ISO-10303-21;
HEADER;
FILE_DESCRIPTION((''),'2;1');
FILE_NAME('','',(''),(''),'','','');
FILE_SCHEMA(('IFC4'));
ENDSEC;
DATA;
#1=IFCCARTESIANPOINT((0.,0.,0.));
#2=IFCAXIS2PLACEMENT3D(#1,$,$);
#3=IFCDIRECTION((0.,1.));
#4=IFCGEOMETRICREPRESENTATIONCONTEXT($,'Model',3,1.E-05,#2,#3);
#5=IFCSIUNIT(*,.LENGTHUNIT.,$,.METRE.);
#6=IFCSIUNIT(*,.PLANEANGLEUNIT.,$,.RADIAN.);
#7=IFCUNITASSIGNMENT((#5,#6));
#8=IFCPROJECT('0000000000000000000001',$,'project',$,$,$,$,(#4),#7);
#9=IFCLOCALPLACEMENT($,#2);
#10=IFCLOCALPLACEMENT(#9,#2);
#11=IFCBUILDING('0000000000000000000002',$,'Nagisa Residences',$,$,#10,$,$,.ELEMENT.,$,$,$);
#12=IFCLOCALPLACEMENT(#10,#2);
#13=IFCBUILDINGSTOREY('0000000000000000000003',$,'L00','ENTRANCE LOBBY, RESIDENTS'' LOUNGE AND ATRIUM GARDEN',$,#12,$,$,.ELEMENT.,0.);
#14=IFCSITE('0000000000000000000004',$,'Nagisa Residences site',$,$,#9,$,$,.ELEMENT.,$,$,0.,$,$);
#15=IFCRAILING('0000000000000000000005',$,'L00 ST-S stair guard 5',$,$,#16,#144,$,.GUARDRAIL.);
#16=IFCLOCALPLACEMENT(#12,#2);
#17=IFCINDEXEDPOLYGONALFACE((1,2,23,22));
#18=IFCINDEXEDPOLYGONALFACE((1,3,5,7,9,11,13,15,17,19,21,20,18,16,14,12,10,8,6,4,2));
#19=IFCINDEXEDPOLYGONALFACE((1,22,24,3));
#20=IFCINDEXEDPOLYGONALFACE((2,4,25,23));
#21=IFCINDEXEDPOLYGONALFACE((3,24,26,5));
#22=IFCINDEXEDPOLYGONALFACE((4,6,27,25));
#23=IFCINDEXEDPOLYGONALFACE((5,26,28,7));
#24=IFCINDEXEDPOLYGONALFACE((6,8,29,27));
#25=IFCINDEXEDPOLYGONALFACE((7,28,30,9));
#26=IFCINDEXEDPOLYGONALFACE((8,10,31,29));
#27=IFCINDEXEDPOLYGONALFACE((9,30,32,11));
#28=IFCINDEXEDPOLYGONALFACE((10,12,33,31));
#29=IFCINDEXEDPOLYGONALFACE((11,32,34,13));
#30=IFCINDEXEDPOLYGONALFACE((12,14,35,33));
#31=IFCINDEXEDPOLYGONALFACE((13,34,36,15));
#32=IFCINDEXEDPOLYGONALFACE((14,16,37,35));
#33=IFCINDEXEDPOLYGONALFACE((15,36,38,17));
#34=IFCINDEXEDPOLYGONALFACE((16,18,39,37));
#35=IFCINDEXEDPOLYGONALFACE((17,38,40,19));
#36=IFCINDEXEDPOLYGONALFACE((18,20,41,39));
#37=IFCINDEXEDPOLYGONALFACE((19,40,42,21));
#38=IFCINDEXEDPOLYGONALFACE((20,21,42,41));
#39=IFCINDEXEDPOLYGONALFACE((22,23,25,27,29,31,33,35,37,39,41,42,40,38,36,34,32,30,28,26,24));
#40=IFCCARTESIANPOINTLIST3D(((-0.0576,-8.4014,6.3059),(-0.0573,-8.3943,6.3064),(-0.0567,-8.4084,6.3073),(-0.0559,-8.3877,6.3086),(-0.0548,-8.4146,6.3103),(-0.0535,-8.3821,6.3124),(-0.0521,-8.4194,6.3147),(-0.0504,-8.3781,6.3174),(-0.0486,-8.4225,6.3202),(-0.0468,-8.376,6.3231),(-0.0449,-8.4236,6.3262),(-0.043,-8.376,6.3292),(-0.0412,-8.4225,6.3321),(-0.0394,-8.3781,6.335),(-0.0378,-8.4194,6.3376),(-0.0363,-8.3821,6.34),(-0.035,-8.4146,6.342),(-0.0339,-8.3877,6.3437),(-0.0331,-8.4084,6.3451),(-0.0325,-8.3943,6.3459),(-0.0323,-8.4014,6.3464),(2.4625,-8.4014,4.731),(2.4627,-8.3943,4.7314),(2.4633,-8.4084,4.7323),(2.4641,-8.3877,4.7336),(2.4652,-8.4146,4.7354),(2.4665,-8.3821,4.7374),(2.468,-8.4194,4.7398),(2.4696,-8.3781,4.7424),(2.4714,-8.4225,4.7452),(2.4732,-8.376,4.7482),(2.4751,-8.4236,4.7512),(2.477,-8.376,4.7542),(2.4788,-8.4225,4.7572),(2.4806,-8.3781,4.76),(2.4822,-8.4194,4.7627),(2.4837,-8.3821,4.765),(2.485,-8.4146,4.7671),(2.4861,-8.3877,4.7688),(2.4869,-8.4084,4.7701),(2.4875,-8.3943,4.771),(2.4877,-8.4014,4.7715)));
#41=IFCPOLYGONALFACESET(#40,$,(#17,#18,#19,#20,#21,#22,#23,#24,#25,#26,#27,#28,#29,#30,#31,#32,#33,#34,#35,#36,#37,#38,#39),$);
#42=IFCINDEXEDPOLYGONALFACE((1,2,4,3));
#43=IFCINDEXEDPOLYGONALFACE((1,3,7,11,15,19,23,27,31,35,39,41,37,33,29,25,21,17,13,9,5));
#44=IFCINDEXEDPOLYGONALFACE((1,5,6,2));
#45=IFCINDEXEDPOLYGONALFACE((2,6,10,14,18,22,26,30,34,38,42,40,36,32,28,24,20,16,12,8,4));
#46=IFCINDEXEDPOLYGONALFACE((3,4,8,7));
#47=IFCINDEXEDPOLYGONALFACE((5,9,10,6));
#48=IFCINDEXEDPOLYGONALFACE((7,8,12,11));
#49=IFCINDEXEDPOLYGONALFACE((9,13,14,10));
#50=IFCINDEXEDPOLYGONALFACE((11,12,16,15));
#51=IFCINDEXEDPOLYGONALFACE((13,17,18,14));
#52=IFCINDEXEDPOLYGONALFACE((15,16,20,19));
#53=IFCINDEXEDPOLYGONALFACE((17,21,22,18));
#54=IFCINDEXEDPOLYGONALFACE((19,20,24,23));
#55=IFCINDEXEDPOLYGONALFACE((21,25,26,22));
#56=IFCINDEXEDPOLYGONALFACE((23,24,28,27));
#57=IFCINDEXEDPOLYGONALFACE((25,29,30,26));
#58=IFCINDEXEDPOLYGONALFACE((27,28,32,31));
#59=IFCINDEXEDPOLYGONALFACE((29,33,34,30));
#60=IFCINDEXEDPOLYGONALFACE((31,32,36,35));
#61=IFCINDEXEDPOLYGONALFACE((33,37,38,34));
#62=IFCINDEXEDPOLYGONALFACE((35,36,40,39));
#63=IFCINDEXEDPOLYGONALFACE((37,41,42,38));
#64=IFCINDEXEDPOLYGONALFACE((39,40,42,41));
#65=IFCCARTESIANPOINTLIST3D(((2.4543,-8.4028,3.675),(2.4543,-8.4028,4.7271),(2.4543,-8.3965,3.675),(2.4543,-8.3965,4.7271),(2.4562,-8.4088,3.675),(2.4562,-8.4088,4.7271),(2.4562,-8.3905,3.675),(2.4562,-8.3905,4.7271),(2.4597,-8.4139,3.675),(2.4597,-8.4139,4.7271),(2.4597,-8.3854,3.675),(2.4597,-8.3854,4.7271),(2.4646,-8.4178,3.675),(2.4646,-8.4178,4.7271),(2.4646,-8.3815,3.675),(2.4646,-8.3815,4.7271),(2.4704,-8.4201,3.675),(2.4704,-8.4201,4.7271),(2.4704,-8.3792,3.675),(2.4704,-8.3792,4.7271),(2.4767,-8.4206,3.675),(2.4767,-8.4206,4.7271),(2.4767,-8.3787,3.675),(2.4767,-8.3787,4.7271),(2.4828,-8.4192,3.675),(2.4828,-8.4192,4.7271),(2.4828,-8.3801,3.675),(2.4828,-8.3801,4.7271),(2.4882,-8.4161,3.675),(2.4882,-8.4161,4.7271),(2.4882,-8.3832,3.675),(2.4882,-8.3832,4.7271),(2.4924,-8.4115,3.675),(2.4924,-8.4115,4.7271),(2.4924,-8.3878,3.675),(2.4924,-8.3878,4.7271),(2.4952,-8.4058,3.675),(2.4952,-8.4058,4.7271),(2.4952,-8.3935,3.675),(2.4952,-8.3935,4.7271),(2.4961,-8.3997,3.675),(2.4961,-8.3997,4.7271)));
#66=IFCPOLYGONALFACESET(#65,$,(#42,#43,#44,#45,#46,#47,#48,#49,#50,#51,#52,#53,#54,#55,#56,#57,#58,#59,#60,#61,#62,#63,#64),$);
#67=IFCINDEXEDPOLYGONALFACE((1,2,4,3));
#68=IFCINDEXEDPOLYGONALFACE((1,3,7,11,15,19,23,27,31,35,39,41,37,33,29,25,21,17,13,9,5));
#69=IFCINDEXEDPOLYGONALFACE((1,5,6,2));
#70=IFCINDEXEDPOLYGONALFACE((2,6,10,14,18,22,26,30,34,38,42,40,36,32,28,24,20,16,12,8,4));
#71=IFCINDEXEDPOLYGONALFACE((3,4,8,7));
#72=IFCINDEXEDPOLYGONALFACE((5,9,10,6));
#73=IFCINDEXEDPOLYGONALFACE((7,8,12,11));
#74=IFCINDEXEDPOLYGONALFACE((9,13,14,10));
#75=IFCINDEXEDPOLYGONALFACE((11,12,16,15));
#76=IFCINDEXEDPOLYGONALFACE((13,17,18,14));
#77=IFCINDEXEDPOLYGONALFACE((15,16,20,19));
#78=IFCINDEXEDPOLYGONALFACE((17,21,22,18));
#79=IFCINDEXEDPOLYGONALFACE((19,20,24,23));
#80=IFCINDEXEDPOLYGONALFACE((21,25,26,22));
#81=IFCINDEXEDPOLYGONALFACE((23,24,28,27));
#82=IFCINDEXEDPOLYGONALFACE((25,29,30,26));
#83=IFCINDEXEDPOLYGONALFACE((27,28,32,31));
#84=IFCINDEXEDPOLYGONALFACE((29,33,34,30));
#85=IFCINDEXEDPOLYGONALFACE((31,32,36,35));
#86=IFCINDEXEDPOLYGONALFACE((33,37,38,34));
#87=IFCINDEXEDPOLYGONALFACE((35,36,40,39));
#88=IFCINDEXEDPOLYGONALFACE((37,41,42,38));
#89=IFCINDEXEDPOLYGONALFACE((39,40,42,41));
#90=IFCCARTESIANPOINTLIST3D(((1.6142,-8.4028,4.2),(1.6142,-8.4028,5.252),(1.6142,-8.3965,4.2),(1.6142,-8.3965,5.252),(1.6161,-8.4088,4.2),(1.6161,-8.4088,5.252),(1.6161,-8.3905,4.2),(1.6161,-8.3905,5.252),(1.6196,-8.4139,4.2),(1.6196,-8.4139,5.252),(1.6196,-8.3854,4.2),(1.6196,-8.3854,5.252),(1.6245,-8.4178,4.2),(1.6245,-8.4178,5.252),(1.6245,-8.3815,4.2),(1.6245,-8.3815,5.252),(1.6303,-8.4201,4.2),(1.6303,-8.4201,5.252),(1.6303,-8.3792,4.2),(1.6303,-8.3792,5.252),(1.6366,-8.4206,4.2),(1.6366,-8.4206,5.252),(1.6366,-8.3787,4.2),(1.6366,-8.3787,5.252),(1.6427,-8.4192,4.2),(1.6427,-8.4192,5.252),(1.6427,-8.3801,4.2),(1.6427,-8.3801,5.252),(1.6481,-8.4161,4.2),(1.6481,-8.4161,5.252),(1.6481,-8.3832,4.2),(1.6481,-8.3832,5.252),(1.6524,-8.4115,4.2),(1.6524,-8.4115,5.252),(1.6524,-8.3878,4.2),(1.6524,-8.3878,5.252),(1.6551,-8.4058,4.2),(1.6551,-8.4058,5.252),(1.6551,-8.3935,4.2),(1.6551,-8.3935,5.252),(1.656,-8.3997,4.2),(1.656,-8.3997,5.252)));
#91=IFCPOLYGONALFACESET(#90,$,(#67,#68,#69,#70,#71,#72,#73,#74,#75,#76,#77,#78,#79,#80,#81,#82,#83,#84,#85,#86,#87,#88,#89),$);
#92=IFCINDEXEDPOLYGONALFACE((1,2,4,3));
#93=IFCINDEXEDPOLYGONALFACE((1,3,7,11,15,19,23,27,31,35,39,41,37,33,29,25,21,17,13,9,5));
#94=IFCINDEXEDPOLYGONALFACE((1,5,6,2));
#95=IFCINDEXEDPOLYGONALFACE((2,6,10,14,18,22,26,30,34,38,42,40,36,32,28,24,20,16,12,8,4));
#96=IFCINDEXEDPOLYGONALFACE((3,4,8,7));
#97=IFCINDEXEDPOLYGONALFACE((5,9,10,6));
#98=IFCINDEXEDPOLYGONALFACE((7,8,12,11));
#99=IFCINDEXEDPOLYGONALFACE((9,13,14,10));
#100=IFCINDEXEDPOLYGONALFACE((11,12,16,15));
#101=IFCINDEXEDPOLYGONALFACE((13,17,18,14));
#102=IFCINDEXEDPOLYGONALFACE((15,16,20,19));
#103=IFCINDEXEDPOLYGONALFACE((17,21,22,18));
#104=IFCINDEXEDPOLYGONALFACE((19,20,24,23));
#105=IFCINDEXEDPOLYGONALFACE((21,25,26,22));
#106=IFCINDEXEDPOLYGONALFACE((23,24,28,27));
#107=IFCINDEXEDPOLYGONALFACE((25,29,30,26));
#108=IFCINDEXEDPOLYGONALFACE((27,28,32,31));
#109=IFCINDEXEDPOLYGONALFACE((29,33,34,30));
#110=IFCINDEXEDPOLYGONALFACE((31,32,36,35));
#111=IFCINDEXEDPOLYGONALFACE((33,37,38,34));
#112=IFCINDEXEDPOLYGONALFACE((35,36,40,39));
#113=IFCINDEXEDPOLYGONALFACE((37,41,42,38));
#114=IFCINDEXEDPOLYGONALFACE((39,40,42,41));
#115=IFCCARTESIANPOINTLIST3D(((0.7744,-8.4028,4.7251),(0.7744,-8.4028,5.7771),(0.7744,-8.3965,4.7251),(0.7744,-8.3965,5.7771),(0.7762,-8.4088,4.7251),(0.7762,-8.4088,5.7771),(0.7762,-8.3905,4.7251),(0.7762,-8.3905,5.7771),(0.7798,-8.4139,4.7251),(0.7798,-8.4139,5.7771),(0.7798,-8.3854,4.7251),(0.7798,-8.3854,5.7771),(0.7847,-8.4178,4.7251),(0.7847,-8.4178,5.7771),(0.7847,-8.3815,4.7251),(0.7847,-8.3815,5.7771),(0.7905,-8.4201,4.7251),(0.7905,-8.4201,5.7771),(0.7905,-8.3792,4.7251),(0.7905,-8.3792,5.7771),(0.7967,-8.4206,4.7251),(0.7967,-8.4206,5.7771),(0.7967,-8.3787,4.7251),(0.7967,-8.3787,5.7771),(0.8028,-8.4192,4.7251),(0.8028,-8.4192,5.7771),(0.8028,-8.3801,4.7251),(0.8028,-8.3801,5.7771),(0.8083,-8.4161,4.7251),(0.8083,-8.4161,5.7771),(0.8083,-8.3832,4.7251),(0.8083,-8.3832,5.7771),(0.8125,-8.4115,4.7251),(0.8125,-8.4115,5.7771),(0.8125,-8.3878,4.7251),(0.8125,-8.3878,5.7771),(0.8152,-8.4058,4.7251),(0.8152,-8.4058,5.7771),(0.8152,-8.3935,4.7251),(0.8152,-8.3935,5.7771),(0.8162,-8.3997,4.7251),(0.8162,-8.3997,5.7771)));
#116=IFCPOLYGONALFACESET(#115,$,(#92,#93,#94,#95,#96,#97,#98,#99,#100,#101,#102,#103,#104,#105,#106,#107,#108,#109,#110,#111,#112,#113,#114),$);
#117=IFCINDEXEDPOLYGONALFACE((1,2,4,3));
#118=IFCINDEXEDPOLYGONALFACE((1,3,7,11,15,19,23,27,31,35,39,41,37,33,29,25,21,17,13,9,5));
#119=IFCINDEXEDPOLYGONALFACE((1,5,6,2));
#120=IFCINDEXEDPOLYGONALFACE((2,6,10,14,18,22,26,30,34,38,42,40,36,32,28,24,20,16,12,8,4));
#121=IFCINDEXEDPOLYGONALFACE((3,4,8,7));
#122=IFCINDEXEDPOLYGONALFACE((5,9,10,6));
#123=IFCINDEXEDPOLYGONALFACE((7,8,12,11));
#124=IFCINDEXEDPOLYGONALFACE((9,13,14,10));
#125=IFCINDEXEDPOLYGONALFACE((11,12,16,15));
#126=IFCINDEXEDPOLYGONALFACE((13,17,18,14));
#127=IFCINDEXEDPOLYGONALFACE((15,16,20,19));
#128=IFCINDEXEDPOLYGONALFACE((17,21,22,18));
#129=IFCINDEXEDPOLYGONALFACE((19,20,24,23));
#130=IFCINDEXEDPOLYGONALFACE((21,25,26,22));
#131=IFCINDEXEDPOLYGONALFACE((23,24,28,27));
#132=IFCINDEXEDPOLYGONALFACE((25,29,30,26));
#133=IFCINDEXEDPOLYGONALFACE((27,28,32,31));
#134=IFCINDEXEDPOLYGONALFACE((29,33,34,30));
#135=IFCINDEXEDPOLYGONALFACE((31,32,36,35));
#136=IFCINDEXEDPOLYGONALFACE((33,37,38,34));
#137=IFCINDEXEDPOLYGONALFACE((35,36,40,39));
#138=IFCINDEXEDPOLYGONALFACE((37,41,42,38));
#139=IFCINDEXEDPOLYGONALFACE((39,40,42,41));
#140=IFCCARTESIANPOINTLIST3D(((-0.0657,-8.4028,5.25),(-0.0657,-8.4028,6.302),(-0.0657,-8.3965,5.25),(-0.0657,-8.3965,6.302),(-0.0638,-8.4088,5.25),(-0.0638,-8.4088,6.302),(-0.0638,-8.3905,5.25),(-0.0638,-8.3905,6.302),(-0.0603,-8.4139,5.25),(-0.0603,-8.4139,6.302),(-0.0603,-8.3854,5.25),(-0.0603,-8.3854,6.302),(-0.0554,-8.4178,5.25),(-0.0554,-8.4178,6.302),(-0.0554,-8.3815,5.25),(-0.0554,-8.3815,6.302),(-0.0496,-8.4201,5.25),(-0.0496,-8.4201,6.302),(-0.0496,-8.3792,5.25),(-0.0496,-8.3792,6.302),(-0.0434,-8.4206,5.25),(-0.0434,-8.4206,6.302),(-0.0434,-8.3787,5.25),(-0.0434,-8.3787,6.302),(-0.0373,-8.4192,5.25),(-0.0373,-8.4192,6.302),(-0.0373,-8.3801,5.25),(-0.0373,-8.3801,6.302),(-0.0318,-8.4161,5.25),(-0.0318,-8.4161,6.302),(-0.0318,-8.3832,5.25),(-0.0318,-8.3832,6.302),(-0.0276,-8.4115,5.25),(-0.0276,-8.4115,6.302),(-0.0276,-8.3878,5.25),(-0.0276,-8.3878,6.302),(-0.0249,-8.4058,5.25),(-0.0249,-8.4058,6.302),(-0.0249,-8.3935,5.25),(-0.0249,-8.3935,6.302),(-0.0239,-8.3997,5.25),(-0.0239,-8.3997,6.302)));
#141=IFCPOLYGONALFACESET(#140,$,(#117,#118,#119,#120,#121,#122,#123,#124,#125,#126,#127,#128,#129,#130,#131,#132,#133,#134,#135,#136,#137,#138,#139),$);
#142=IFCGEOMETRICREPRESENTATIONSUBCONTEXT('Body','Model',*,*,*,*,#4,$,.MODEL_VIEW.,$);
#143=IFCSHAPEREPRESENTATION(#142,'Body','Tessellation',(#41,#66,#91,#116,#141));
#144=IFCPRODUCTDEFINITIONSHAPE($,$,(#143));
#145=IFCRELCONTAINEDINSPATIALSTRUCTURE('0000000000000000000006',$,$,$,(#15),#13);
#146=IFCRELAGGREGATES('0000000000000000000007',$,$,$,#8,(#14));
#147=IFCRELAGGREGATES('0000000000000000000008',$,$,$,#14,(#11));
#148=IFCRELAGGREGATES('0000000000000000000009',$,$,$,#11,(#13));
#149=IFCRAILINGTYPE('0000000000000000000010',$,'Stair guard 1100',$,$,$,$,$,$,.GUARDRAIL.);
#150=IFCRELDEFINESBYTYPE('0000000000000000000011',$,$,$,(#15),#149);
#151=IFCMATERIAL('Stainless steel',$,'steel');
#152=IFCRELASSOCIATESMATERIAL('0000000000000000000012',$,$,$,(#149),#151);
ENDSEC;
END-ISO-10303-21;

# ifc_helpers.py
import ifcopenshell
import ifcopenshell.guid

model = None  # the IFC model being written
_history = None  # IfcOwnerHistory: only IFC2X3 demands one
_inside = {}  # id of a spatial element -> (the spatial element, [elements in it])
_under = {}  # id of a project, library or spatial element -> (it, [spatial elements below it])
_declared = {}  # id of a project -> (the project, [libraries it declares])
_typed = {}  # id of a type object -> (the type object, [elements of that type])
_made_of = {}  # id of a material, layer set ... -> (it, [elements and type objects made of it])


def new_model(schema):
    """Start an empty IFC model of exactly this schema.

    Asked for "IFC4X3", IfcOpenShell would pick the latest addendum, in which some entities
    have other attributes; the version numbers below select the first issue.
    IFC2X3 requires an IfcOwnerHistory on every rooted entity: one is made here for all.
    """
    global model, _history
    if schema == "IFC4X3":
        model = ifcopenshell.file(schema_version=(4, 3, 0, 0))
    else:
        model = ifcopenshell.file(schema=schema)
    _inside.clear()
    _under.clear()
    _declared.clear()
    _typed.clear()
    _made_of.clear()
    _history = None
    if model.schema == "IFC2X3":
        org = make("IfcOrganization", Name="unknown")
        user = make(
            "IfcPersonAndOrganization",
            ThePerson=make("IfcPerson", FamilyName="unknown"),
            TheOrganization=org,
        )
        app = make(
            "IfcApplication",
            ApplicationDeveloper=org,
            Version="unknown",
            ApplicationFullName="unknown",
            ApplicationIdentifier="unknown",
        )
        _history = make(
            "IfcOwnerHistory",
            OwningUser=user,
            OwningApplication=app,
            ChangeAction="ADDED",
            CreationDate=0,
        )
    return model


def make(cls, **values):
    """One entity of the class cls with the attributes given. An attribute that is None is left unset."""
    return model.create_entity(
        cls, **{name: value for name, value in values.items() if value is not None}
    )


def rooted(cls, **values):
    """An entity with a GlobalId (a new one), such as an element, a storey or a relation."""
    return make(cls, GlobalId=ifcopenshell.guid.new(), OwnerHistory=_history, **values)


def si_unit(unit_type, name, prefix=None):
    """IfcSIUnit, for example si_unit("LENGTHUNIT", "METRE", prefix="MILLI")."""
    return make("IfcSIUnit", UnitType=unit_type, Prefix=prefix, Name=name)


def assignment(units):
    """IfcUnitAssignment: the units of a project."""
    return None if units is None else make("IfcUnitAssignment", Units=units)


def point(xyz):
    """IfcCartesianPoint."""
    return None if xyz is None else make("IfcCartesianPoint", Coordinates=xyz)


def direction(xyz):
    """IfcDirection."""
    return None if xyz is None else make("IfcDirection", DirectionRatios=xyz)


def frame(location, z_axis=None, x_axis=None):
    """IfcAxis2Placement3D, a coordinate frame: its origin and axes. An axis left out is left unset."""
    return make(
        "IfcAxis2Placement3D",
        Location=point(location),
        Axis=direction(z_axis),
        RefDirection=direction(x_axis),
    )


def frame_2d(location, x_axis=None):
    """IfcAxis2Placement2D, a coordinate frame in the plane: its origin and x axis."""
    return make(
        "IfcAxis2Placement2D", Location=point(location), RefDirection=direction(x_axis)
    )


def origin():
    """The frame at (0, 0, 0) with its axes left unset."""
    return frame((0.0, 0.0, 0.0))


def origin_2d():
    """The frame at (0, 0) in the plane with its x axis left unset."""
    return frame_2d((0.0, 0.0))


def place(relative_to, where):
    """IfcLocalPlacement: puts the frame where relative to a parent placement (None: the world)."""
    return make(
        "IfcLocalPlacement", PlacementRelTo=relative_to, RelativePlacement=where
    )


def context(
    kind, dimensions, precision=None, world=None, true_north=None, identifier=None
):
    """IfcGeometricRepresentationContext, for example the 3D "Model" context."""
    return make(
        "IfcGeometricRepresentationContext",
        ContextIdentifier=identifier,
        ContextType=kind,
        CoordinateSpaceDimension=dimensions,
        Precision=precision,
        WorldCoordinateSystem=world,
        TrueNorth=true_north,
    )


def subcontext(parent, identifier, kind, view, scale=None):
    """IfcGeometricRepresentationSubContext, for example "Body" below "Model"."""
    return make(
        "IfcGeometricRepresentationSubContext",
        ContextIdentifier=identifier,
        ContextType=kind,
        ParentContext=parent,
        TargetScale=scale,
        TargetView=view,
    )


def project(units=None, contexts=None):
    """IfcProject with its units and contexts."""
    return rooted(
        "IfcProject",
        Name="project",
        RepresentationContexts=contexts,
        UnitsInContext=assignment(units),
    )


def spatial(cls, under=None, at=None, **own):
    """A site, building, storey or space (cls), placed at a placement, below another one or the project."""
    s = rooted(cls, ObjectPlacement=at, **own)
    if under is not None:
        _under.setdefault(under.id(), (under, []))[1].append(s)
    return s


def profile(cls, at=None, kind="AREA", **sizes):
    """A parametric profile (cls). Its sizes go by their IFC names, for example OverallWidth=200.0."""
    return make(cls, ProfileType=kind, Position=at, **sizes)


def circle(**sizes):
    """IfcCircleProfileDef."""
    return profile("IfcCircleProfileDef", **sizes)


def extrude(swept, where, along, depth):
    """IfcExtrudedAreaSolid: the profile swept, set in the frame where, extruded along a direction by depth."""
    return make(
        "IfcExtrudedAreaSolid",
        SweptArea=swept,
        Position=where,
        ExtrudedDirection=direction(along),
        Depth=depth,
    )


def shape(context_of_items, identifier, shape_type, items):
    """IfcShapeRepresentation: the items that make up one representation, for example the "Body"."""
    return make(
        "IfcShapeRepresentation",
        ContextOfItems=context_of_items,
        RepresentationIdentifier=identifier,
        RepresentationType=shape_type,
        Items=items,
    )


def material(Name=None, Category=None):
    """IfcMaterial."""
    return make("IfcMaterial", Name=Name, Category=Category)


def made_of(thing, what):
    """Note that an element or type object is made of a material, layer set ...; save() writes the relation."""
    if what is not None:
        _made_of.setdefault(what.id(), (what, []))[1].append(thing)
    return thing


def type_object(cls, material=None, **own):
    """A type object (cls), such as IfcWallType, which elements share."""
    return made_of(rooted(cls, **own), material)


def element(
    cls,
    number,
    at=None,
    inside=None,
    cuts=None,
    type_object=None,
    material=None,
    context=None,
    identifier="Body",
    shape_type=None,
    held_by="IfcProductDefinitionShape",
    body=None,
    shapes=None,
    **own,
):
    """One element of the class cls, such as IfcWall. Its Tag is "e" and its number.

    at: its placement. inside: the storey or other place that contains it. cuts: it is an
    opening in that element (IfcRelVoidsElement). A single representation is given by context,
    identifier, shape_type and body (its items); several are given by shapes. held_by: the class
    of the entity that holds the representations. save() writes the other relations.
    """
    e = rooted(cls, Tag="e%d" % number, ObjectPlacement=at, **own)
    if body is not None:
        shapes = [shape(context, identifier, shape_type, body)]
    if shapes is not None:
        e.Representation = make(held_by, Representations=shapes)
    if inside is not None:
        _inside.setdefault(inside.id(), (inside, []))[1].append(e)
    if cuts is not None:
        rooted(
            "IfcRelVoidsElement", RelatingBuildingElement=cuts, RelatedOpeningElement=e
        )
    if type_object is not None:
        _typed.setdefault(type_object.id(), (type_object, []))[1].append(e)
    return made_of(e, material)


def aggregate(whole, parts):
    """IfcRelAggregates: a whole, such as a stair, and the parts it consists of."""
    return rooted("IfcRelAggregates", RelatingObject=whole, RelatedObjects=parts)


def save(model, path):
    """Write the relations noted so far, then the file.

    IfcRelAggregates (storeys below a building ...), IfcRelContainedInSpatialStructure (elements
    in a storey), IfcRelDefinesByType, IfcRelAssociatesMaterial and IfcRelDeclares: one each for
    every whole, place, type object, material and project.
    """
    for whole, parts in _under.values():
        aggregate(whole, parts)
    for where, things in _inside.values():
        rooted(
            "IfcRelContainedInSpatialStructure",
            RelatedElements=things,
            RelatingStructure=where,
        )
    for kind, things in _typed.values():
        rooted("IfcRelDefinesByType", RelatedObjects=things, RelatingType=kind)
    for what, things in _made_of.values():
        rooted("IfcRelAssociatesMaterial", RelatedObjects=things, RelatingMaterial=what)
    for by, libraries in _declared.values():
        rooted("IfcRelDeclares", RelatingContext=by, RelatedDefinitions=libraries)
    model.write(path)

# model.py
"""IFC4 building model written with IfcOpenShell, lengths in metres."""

from ifc_helpers import new_model, si_unit, direction, frame, origin, origin_2d, place, context, subcontext, project, spatial, circle, extrude, material, type_object, element, save


model = new_model("IFC4")

# Units and contexts
model_context = context("Model", 3, precision=1e-05, world=origin(), true_north=direction((0.0, 1.0)))
body_context = subcontext(model_context, "Body", "Model", "MODEL_VIEW")
ifc_project = project(units=[si_unit("LENGTHUNIT", "METRE"), si_unit("PLANEANGLEUNIT", "RADIAN")], contexts=[model_context])

# Site, building, storey
site_placement = place(None, origin())
site = spatial("IfcSite", under=ifc_project, at=site_placement, Name="Nagisa Residences site", CompositionType="ELEMENT", RefElevation=0.0)
building_placement = place(site_placement, origin())
building = spatial("IfcBuilding", under=site, at=building_placement, Name="Nagisa Residences", CompositionType="ELEMENT")
storey_placement = place(building_placement, origin())
storey = spatial("IfcBuildingStorey", under=building, at=storey_placement, Name="L00", Description="ENTRANCE LOBBY, RESIDENTS' LOUNGE AND ATRIUM GARDEN", CompositionType="ELEMENT", Elevation=0.0)

# Railing
ifc_material_1 = material(Name="Stainless steel", Category="steel")
railing_type_1 = type_object("IfcRailingType", Name="Stair guard 1100", PredefinedType="GUARDRAIL", material=ifc_material_1)
railing_1_placement = place(storey_placement, frame((2.4751, -8.3997, 3.675)))
element("IfcRailing", 1, at=railing_1_placement, inside=storey, type_object=railing_type_1, Name="L00 ST-S stair guard 5", PredefinedType="GUARDRAIL", context=body_context, shape_type="SweptSolid", body=[
    extrude(circle(Radius=0.0239, at=origin_2d()), frame((0.0, 0.0, 1.0762), z_axis=(-0.848008, 0.0, 0.529984), x_axis=(0.0, -1.0, 0.0)), (0.0, 0.0, 1.0), 2.9717),
    extrude(circle(Radius=0.021, at=origin_2d()), origin(), (0.0, 0.0, 1.0), 1.052),
    extrude(circle(Radius=0.021, at=origin_2d()), frame((-0.8401, 0.0, 0.5249)), (0.0, 0.0, 1.0), 1.052),
    extrude(circle(Radius=0.021, at=origin_2d()), frame((-1.6799, 0.0, 1.05)), (0.0, 0.0, 1.0), 1.052),
    extrude(circle(Radius=0.021, at=origin_2d()), frame((-2.52, 0.0, 1.575)), (0.0, 0.0, 1.0), 1.052),
])

save(model, "model.ifc")
